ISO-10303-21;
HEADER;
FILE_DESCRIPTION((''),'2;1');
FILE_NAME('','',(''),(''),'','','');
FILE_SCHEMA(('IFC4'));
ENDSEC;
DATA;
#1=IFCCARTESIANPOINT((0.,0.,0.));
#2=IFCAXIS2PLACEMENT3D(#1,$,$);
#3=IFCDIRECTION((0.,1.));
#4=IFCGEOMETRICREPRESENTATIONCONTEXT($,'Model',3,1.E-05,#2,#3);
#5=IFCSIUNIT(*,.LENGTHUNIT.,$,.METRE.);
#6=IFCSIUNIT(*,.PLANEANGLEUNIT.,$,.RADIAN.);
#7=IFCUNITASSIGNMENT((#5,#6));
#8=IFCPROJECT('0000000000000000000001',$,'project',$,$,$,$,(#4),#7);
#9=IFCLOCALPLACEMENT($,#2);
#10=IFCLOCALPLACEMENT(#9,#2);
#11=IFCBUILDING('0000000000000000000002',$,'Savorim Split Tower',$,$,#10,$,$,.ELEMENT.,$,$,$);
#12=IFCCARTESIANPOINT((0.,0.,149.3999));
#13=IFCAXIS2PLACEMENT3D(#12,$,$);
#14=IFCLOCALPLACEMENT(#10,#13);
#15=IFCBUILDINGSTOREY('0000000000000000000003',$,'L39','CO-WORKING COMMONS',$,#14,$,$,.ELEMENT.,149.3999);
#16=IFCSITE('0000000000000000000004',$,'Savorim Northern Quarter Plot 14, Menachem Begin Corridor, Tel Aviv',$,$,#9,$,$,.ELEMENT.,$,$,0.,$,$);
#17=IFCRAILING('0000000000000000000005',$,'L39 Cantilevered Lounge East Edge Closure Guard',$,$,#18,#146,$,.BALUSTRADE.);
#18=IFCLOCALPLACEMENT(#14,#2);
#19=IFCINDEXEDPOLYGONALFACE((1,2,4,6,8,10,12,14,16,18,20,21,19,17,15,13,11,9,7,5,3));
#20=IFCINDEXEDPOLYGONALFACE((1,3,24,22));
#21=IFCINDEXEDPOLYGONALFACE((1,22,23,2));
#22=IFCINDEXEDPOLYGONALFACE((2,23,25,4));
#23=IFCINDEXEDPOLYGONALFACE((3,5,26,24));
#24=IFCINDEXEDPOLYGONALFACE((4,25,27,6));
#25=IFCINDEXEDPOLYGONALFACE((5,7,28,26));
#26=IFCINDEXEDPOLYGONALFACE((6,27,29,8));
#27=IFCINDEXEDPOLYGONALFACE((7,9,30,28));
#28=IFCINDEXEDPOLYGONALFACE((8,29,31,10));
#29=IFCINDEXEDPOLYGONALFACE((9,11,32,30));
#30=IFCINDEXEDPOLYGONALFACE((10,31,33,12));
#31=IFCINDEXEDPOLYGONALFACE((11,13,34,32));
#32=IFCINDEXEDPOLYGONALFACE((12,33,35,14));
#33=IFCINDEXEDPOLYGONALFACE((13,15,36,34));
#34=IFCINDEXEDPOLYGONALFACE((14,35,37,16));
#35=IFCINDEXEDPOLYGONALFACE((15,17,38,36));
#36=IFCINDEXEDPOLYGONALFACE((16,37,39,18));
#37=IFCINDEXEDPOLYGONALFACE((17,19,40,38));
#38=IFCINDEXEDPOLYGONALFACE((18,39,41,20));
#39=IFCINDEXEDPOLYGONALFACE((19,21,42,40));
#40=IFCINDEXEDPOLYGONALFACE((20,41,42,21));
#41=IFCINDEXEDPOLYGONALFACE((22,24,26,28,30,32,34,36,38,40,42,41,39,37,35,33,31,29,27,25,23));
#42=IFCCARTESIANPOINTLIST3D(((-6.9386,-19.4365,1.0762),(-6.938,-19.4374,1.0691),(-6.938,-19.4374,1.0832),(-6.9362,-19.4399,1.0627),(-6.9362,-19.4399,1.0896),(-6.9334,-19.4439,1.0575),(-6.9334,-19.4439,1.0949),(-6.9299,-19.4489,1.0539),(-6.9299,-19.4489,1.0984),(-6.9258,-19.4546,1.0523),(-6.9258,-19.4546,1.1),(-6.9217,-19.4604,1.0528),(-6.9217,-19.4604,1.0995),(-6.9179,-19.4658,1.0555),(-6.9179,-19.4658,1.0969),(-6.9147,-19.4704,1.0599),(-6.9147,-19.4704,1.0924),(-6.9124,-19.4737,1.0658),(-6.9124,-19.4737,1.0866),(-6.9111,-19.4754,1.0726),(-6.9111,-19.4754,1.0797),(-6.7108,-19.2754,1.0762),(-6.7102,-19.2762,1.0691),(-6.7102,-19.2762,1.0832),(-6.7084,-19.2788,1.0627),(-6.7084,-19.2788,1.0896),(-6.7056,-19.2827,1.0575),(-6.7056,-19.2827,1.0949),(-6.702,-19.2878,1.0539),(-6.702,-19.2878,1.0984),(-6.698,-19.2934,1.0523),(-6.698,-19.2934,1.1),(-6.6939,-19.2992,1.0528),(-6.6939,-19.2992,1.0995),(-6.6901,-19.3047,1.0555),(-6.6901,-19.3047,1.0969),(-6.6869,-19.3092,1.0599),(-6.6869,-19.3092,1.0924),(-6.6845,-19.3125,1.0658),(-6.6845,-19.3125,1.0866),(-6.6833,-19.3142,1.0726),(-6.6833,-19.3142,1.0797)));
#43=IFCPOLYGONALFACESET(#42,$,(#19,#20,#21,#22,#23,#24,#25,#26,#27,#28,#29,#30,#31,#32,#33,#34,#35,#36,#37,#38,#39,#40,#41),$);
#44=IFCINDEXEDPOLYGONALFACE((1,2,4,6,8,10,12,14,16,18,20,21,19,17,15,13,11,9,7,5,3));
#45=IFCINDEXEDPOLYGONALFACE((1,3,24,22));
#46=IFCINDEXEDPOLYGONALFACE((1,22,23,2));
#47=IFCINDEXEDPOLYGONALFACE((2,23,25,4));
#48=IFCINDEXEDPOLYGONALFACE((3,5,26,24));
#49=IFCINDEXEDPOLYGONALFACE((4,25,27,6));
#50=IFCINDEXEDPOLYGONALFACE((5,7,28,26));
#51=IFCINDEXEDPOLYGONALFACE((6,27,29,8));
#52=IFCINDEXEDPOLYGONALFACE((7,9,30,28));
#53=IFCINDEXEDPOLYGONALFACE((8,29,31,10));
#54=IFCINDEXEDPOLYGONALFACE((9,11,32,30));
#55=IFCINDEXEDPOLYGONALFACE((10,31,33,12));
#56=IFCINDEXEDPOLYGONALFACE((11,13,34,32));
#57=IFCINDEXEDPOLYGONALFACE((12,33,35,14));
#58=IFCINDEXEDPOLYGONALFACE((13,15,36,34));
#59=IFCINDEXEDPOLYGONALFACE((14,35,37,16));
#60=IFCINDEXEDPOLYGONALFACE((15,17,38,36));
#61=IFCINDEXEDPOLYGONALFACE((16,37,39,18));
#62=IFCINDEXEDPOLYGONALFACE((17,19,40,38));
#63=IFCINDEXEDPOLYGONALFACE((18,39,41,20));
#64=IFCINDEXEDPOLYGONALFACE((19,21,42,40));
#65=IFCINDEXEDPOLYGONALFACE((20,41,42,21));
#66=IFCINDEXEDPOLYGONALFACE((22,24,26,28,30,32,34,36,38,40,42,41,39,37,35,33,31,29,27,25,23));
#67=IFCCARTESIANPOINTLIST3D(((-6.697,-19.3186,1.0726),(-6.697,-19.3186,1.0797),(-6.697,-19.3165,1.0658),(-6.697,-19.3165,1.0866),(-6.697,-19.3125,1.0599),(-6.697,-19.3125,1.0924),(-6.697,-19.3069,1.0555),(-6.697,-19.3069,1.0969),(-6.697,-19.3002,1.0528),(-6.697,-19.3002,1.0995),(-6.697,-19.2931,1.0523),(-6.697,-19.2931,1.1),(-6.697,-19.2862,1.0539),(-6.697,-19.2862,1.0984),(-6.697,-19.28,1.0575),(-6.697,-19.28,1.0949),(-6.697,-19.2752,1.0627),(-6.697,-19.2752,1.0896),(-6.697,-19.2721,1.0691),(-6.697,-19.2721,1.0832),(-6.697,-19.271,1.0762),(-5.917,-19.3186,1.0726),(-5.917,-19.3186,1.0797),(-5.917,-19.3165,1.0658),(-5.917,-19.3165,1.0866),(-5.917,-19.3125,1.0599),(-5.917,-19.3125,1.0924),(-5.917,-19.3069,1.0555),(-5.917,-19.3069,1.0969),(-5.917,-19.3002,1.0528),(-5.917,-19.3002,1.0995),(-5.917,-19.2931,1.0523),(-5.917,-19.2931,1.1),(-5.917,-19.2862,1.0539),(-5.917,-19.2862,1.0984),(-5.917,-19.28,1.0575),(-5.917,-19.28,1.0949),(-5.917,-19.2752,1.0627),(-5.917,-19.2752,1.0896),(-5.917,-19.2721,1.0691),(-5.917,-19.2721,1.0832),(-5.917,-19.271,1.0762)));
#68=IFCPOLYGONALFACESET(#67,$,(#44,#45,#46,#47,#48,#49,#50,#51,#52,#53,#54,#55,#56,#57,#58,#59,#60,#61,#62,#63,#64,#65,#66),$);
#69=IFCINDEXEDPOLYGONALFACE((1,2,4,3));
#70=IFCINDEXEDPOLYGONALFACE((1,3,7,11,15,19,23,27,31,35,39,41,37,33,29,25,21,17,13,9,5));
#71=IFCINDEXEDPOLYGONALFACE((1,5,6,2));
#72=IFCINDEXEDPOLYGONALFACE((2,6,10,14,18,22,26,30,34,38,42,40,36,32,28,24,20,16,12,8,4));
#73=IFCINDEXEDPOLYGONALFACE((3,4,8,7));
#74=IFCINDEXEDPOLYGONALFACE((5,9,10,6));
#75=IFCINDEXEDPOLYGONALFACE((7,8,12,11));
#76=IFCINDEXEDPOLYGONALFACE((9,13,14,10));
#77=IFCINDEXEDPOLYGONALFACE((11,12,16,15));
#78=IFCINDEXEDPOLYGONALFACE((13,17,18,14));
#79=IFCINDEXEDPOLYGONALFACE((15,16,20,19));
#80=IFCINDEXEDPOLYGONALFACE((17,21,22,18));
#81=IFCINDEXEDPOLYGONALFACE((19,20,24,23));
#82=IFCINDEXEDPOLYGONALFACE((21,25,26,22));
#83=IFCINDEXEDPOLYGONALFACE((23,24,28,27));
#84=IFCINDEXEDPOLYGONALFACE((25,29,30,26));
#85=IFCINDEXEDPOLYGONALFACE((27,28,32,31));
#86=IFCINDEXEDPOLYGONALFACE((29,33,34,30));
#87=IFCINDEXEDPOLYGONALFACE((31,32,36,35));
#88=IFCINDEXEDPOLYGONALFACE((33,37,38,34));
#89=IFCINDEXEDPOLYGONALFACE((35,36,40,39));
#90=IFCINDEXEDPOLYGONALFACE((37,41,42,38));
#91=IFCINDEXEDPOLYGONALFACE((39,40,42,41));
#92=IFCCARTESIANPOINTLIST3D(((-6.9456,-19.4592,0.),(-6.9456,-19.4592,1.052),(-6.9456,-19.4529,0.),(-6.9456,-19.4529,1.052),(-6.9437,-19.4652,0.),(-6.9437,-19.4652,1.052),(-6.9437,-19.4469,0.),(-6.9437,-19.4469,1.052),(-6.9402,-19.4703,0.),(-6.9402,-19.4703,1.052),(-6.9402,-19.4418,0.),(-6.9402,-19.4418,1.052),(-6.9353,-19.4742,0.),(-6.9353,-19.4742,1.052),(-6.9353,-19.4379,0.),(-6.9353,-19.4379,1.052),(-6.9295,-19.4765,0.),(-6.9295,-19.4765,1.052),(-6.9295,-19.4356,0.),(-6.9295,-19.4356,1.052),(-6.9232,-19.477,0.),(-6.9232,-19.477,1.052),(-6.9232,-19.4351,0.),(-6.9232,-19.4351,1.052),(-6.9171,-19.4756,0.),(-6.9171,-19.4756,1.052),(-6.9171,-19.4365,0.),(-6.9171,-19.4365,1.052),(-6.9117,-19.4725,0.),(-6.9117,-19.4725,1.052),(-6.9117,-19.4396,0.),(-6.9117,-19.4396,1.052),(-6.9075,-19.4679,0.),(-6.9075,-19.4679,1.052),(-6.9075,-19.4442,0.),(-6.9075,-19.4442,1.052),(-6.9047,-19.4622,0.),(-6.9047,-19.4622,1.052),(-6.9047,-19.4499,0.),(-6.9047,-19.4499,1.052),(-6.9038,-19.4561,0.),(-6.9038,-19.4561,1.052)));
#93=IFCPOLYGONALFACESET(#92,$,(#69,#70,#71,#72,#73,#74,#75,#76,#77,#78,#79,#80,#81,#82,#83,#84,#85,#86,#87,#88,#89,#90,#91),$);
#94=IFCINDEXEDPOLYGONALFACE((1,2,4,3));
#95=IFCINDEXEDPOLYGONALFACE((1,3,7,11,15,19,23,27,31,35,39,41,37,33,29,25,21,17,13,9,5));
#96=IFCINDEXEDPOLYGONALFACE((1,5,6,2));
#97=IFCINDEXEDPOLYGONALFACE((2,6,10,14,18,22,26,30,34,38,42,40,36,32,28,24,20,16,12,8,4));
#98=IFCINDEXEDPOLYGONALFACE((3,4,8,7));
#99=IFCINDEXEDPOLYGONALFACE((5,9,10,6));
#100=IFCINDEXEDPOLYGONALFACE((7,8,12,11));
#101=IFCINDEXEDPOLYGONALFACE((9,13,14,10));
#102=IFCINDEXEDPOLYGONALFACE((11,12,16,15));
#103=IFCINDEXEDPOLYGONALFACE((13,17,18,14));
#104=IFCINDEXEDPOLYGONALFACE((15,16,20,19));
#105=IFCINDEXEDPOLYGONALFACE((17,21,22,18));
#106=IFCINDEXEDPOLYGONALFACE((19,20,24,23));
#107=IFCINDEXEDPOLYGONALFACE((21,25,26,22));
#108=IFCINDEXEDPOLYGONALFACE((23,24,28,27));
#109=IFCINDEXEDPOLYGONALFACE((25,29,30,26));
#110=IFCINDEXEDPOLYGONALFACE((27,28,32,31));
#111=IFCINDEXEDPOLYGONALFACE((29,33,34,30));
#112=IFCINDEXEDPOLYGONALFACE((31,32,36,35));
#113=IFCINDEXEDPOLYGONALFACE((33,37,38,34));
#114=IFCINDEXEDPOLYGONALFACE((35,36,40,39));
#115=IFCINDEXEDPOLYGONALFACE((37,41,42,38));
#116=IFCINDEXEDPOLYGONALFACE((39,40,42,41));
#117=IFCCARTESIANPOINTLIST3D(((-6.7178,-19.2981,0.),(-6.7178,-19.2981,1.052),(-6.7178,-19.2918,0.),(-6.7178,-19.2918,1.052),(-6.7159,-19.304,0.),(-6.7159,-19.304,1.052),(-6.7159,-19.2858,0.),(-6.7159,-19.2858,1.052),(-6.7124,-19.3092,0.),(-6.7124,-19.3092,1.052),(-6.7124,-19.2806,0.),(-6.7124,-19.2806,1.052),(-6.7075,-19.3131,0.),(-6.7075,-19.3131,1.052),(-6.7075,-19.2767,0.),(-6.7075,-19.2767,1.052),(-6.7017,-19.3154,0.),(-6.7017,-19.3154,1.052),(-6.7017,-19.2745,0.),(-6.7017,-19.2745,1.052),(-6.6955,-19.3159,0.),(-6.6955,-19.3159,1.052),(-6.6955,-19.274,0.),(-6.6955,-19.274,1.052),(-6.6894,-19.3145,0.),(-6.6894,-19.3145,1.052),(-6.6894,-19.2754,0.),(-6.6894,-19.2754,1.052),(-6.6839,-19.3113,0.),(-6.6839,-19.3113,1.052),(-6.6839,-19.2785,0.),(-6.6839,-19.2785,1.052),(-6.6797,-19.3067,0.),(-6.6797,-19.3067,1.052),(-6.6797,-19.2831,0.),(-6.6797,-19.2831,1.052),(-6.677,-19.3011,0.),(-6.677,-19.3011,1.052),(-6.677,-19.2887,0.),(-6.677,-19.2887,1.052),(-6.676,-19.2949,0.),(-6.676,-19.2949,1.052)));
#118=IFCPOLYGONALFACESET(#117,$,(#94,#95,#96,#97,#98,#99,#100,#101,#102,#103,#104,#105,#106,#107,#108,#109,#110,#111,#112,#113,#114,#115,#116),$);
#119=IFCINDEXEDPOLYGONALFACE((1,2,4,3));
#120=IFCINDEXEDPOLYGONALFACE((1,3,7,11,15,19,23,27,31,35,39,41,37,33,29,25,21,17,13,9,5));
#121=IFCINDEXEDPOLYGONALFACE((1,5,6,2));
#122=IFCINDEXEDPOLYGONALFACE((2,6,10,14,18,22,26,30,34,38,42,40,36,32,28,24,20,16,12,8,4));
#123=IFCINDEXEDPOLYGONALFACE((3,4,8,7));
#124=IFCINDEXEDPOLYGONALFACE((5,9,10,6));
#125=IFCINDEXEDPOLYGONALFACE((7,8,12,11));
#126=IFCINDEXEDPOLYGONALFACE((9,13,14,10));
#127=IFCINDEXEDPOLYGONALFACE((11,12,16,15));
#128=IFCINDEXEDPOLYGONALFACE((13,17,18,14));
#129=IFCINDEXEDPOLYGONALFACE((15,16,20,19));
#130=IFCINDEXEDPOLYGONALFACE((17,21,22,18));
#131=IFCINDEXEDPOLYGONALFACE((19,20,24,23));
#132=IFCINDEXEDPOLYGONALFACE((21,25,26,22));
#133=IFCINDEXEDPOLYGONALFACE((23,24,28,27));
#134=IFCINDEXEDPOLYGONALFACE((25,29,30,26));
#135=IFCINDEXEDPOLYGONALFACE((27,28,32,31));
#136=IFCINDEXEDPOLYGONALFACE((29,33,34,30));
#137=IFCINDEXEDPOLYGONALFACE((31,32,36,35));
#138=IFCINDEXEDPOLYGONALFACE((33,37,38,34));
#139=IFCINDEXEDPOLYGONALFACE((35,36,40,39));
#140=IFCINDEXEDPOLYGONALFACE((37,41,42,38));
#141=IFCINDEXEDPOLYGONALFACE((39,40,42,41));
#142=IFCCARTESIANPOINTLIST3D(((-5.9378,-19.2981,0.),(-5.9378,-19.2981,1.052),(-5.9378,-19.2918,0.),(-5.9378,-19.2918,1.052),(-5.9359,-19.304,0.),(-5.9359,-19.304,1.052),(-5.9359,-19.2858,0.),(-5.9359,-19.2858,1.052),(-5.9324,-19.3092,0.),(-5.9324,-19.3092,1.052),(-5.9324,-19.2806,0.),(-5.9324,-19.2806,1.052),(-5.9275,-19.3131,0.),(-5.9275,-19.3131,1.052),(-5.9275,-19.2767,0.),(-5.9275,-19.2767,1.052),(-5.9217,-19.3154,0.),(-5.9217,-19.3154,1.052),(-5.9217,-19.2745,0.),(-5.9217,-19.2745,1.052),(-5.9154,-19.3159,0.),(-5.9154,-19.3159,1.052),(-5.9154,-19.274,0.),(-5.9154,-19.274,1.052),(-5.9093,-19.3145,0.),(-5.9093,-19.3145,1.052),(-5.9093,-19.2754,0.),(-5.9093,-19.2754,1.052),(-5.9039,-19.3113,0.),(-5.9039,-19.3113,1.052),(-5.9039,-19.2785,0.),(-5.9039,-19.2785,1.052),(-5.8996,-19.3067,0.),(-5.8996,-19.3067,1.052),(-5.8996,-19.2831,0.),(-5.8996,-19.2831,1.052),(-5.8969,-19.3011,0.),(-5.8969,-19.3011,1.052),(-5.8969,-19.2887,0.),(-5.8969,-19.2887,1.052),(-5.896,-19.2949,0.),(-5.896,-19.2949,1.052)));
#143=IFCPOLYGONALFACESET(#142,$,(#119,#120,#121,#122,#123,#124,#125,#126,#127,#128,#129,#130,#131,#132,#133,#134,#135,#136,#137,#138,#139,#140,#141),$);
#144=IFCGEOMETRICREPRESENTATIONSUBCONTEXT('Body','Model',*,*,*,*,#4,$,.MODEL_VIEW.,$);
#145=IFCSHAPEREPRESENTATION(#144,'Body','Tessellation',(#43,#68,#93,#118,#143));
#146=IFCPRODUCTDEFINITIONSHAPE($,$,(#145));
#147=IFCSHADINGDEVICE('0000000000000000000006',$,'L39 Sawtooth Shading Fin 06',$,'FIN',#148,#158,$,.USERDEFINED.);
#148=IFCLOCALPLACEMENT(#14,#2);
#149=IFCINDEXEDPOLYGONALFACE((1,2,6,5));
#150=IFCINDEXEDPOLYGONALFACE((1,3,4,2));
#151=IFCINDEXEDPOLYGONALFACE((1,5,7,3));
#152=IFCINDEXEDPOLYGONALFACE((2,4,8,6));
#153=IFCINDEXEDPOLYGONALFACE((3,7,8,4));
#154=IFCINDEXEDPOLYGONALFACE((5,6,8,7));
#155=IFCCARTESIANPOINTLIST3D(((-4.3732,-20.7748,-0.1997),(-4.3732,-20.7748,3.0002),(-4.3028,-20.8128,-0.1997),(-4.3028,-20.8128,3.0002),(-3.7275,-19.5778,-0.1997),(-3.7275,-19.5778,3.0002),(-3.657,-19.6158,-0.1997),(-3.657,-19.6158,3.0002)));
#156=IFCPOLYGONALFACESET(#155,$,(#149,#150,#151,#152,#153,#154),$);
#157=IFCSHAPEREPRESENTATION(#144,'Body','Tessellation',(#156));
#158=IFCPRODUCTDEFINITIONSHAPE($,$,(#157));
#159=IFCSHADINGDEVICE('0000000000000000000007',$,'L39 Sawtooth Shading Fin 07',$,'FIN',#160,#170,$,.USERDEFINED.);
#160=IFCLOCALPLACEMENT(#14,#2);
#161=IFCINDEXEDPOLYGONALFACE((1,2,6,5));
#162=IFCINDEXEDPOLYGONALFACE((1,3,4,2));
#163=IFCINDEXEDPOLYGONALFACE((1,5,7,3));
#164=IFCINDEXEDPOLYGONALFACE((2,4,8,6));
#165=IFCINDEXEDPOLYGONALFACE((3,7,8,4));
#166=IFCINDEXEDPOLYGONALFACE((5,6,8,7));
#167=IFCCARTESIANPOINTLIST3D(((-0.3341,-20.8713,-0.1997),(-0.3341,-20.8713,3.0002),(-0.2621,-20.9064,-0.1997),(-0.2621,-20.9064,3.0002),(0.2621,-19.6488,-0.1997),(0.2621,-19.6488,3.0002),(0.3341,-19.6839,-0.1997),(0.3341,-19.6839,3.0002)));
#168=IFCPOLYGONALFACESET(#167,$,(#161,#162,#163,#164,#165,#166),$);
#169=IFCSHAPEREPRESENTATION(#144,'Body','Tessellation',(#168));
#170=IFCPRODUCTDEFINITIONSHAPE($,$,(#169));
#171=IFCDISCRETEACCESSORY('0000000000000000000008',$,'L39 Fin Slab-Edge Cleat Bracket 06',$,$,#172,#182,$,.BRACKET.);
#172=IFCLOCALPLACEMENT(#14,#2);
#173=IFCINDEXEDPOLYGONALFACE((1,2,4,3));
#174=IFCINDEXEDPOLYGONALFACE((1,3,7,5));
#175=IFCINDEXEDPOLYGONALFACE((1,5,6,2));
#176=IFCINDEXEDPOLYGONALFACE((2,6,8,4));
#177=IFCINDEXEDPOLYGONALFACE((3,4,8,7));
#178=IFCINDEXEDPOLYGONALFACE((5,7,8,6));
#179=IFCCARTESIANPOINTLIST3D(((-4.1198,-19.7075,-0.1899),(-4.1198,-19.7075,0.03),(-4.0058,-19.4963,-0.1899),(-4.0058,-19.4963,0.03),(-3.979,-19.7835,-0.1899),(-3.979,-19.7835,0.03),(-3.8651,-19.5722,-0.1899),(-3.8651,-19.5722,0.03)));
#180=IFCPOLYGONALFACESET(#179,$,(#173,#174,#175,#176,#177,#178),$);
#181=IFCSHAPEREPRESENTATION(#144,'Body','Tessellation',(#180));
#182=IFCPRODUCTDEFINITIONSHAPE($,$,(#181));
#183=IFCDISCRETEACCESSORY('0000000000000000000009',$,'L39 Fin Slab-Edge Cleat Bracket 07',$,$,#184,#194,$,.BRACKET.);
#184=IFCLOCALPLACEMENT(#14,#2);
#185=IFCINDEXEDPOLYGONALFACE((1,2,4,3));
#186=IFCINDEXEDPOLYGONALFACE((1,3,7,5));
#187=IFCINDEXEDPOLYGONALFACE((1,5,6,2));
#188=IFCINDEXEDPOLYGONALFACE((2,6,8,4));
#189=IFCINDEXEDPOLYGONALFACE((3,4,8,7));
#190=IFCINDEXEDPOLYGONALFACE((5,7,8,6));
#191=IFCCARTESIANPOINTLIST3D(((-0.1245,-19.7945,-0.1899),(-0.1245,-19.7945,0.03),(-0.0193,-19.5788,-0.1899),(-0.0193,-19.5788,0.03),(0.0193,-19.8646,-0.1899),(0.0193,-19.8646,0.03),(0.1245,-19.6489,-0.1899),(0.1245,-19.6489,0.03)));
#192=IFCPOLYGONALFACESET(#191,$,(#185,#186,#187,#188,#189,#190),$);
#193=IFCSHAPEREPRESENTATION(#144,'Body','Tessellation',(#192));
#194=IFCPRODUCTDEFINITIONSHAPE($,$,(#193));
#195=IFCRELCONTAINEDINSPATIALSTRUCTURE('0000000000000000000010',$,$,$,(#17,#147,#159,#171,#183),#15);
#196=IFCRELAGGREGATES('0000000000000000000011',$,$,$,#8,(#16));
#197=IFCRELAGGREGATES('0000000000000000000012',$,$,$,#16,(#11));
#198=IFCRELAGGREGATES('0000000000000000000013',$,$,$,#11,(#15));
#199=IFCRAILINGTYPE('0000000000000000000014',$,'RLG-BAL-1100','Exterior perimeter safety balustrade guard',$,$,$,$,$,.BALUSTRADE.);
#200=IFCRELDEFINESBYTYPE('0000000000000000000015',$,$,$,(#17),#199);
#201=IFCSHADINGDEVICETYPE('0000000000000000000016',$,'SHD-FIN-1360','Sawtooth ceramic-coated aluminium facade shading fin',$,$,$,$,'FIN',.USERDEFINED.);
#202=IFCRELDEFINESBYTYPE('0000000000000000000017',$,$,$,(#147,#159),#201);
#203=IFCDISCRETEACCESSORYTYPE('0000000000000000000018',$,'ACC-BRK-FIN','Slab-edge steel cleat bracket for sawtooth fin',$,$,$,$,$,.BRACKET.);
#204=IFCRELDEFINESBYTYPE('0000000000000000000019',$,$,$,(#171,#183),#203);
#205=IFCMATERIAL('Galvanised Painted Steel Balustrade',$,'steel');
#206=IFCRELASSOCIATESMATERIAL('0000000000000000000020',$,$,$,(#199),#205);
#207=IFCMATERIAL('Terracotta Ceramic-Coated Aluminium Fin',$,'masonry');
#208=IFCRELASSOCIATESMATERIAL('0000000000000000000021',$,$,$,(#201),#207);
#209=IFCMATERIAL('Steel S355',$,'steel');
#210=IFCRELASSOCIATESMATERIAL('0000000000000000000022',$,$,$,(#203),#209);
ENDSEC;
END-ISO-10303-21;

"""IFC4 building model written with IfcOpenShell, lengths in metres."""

from ifc_helpers import new_model, si_unit, direction, frame, origin, origin_2d, place, context, subcontext, project, spatial, rectangle, circle, extrude, material, type_object, element, save


model = new_model("IFC4")

# Units and contexts
model_context = context("Model", 3, precision=1e-05, world=origin(), true_north=direction((0.0, 1.0)))
body_context = subcontext(model_context, "Body", "Model", "MODEL_VIEW")
ifc_project = project(units=[si_unit("LENGTHUNIT", "METRE"), si_unit("PLANEANGLEUNIT", "RADIAN")], contexts=[model_context])

# Site, building, storey
site_placement = place(None, origin())
site = spatial("IfcSite", under=ifc_project, at=site_placement, Name="Savorim Northern Quarter Plot 14, Menachem Begin Corridor, Tel Aviv", CompositionType="ELEMENT", RefElevation=0.0)
building_placement = place(site_placement, origin())
building = spatial("IfcBuilding", under=site, at=building_placement, Name="Savorim Split Tower", CompositionType="ELEMENT")
storey_placement = place(building_placement, frame((0.0, 0.0, 149.3999)))
storey = spatial("IfcBuildingStorey", under=building, at=storey_placement, Name="L39", Description="CO-WORKING COMMONS", CompositionType="ELEMENT", Elevation=149.3999)

# Shared definitions
ifc_material_1 = material(Name="Steel S355", Category="steel")

# Railing
ifc_material_2 = material(Name="Galvanised Painted Steel Balustrade", Category="steel")
railing_type = type_object("IfcRailingType", Name="RLG-BAL-1100", Description="Exterior perimeter safety balustrade guard", PredefinedType="BALUSTRADE", material=ifc_material_2)
railing_placement = place(storey_placement, frame((-6.9248, -19.4561, 0.0)))
element("IfcRailing", 1, at=railing_placement, inside=storey, type_object=railing_type, Name="L39 Cantilevered Lounge East Edge Closure Guard", PredefinedType="BALUSTRADE", context=body_context, shape_type="SweptSolid", body=[
    extrude(circle(Radius=0.0239, at=origin_2d()), frame((0.0, 0.0, 1.0762), z_axis=(0.816385, 0.577507, 0.0), x_axis=(-0.577507, 0.816385, 0.0)), (0.0, 0.0, 1.0), 0.2791),
    extrude(circle(Radius=0.0239, at=origin_2d()), frame((0.2278, 0.1611, 1.0762), z_axis=(1.0, 0.0, 0.0), x_axis=(0.0, 1.0, 0.0)), (0.0, 0.0, 1.0), 0.78),
    extrude(circle(Radius=0.021, at=origin_2d()), origin(), (0.0, 0.0, 1.0), 1.052),
    extrude(circle(Radius=0.021, at=origin_2d()), frame((0.2278, 0.1611, 0.0)), (0.0, 0.0, 1.0), 1.052),
    extrude(circle(Radius=0.021, at=origin_2d()), frame((1.0078, 0.1611, 0.0)), (0.0, 0.0, 1.0), 1.052),
])

# Shading devices
ifc_material_3 = material(Name="Terracotta Ceramic-Coated Aluminium Fin", Category="masonry")
shading_device_type = type_object("IfcShadingDeviceType", Name="SHD-FIN-1360", Description="Sawtooth ceramic-coated aluminium facade shading fin", ElementType="FIN", PredefinedType="USERDEFINED", material=ifc_material_3)
for number, where, z_axis, x_axis, name in (
    (2, (-4.0151, -20.1953, -0.1997), (0.0, 0.0, 1.0), (-0.474778, -0.880106, 0.0), "L39 Sawtooth Shading Fin 06"),
    (3, (0.0, -20.2776, -0.1997), (0.0, 0.0, 1.0), (-0.438371, -0.898794, 0.0), "L39 Sawtooth Shading Fin 07"),
):
    element("IfcShadingDevice", number, at=place(storey_placement, frame(where, z_axis=z_axis, x_axis=x_axis)), inside=storey, type_object=shading_device_type, Name=name, ObjectType="FIN", PredefinedType="USERDEFINED", context=body_context, shape_type="SweptSolid", body=[
        extrude(rectangle(XDim=1.3601, YDim=0.0801, at=origin_2d()), origin(), (0.0, 0.0, 1.0), 3.2),
    ])

# Discrete accessories
discrete_accessory_type = type_object("IfcDiscreteAccessoryType", Name="ACC-BRK-FIN", Description="Slab-edge steel cleat bracket for sawtooth fin", PredefinedType="BRACKET", material=ifc_material_1)
for number, where, z_axis, x_axis, name in (
    (4, (-3.9924, -19.6399, -0.1899), (0.0, 0.0, 1.0), (-0.474778, -0.880106, 0.0), "L39 Fin Slab-Edge Cleat Bracket 06"),
    (5, (0.0, -19.7217, -0.1899), (0.0, 0.0, 1.0), (-0.438371, -0.898794, 0.0), "L39 Fin Slab-Edge Cleat Bracket 07"),
):
    element("IfcDiscreteAccessory", number, at=place(storey_placement, frame(where, z_axis=z_axis, x_axis=x_axis)), inside=storey, type_object=discrete_accessory_type, Name=name, PredefinedType="BRACKET", context=body_context, shape_type="SweptSolid", body=[
        extrude(rectangle(XDim=0.24, YDim=0.1599, at=origin_2d()), origin(), (0.0, 0.0, 1.0), 0.22),
    ])

save(model, "model.ifc")
